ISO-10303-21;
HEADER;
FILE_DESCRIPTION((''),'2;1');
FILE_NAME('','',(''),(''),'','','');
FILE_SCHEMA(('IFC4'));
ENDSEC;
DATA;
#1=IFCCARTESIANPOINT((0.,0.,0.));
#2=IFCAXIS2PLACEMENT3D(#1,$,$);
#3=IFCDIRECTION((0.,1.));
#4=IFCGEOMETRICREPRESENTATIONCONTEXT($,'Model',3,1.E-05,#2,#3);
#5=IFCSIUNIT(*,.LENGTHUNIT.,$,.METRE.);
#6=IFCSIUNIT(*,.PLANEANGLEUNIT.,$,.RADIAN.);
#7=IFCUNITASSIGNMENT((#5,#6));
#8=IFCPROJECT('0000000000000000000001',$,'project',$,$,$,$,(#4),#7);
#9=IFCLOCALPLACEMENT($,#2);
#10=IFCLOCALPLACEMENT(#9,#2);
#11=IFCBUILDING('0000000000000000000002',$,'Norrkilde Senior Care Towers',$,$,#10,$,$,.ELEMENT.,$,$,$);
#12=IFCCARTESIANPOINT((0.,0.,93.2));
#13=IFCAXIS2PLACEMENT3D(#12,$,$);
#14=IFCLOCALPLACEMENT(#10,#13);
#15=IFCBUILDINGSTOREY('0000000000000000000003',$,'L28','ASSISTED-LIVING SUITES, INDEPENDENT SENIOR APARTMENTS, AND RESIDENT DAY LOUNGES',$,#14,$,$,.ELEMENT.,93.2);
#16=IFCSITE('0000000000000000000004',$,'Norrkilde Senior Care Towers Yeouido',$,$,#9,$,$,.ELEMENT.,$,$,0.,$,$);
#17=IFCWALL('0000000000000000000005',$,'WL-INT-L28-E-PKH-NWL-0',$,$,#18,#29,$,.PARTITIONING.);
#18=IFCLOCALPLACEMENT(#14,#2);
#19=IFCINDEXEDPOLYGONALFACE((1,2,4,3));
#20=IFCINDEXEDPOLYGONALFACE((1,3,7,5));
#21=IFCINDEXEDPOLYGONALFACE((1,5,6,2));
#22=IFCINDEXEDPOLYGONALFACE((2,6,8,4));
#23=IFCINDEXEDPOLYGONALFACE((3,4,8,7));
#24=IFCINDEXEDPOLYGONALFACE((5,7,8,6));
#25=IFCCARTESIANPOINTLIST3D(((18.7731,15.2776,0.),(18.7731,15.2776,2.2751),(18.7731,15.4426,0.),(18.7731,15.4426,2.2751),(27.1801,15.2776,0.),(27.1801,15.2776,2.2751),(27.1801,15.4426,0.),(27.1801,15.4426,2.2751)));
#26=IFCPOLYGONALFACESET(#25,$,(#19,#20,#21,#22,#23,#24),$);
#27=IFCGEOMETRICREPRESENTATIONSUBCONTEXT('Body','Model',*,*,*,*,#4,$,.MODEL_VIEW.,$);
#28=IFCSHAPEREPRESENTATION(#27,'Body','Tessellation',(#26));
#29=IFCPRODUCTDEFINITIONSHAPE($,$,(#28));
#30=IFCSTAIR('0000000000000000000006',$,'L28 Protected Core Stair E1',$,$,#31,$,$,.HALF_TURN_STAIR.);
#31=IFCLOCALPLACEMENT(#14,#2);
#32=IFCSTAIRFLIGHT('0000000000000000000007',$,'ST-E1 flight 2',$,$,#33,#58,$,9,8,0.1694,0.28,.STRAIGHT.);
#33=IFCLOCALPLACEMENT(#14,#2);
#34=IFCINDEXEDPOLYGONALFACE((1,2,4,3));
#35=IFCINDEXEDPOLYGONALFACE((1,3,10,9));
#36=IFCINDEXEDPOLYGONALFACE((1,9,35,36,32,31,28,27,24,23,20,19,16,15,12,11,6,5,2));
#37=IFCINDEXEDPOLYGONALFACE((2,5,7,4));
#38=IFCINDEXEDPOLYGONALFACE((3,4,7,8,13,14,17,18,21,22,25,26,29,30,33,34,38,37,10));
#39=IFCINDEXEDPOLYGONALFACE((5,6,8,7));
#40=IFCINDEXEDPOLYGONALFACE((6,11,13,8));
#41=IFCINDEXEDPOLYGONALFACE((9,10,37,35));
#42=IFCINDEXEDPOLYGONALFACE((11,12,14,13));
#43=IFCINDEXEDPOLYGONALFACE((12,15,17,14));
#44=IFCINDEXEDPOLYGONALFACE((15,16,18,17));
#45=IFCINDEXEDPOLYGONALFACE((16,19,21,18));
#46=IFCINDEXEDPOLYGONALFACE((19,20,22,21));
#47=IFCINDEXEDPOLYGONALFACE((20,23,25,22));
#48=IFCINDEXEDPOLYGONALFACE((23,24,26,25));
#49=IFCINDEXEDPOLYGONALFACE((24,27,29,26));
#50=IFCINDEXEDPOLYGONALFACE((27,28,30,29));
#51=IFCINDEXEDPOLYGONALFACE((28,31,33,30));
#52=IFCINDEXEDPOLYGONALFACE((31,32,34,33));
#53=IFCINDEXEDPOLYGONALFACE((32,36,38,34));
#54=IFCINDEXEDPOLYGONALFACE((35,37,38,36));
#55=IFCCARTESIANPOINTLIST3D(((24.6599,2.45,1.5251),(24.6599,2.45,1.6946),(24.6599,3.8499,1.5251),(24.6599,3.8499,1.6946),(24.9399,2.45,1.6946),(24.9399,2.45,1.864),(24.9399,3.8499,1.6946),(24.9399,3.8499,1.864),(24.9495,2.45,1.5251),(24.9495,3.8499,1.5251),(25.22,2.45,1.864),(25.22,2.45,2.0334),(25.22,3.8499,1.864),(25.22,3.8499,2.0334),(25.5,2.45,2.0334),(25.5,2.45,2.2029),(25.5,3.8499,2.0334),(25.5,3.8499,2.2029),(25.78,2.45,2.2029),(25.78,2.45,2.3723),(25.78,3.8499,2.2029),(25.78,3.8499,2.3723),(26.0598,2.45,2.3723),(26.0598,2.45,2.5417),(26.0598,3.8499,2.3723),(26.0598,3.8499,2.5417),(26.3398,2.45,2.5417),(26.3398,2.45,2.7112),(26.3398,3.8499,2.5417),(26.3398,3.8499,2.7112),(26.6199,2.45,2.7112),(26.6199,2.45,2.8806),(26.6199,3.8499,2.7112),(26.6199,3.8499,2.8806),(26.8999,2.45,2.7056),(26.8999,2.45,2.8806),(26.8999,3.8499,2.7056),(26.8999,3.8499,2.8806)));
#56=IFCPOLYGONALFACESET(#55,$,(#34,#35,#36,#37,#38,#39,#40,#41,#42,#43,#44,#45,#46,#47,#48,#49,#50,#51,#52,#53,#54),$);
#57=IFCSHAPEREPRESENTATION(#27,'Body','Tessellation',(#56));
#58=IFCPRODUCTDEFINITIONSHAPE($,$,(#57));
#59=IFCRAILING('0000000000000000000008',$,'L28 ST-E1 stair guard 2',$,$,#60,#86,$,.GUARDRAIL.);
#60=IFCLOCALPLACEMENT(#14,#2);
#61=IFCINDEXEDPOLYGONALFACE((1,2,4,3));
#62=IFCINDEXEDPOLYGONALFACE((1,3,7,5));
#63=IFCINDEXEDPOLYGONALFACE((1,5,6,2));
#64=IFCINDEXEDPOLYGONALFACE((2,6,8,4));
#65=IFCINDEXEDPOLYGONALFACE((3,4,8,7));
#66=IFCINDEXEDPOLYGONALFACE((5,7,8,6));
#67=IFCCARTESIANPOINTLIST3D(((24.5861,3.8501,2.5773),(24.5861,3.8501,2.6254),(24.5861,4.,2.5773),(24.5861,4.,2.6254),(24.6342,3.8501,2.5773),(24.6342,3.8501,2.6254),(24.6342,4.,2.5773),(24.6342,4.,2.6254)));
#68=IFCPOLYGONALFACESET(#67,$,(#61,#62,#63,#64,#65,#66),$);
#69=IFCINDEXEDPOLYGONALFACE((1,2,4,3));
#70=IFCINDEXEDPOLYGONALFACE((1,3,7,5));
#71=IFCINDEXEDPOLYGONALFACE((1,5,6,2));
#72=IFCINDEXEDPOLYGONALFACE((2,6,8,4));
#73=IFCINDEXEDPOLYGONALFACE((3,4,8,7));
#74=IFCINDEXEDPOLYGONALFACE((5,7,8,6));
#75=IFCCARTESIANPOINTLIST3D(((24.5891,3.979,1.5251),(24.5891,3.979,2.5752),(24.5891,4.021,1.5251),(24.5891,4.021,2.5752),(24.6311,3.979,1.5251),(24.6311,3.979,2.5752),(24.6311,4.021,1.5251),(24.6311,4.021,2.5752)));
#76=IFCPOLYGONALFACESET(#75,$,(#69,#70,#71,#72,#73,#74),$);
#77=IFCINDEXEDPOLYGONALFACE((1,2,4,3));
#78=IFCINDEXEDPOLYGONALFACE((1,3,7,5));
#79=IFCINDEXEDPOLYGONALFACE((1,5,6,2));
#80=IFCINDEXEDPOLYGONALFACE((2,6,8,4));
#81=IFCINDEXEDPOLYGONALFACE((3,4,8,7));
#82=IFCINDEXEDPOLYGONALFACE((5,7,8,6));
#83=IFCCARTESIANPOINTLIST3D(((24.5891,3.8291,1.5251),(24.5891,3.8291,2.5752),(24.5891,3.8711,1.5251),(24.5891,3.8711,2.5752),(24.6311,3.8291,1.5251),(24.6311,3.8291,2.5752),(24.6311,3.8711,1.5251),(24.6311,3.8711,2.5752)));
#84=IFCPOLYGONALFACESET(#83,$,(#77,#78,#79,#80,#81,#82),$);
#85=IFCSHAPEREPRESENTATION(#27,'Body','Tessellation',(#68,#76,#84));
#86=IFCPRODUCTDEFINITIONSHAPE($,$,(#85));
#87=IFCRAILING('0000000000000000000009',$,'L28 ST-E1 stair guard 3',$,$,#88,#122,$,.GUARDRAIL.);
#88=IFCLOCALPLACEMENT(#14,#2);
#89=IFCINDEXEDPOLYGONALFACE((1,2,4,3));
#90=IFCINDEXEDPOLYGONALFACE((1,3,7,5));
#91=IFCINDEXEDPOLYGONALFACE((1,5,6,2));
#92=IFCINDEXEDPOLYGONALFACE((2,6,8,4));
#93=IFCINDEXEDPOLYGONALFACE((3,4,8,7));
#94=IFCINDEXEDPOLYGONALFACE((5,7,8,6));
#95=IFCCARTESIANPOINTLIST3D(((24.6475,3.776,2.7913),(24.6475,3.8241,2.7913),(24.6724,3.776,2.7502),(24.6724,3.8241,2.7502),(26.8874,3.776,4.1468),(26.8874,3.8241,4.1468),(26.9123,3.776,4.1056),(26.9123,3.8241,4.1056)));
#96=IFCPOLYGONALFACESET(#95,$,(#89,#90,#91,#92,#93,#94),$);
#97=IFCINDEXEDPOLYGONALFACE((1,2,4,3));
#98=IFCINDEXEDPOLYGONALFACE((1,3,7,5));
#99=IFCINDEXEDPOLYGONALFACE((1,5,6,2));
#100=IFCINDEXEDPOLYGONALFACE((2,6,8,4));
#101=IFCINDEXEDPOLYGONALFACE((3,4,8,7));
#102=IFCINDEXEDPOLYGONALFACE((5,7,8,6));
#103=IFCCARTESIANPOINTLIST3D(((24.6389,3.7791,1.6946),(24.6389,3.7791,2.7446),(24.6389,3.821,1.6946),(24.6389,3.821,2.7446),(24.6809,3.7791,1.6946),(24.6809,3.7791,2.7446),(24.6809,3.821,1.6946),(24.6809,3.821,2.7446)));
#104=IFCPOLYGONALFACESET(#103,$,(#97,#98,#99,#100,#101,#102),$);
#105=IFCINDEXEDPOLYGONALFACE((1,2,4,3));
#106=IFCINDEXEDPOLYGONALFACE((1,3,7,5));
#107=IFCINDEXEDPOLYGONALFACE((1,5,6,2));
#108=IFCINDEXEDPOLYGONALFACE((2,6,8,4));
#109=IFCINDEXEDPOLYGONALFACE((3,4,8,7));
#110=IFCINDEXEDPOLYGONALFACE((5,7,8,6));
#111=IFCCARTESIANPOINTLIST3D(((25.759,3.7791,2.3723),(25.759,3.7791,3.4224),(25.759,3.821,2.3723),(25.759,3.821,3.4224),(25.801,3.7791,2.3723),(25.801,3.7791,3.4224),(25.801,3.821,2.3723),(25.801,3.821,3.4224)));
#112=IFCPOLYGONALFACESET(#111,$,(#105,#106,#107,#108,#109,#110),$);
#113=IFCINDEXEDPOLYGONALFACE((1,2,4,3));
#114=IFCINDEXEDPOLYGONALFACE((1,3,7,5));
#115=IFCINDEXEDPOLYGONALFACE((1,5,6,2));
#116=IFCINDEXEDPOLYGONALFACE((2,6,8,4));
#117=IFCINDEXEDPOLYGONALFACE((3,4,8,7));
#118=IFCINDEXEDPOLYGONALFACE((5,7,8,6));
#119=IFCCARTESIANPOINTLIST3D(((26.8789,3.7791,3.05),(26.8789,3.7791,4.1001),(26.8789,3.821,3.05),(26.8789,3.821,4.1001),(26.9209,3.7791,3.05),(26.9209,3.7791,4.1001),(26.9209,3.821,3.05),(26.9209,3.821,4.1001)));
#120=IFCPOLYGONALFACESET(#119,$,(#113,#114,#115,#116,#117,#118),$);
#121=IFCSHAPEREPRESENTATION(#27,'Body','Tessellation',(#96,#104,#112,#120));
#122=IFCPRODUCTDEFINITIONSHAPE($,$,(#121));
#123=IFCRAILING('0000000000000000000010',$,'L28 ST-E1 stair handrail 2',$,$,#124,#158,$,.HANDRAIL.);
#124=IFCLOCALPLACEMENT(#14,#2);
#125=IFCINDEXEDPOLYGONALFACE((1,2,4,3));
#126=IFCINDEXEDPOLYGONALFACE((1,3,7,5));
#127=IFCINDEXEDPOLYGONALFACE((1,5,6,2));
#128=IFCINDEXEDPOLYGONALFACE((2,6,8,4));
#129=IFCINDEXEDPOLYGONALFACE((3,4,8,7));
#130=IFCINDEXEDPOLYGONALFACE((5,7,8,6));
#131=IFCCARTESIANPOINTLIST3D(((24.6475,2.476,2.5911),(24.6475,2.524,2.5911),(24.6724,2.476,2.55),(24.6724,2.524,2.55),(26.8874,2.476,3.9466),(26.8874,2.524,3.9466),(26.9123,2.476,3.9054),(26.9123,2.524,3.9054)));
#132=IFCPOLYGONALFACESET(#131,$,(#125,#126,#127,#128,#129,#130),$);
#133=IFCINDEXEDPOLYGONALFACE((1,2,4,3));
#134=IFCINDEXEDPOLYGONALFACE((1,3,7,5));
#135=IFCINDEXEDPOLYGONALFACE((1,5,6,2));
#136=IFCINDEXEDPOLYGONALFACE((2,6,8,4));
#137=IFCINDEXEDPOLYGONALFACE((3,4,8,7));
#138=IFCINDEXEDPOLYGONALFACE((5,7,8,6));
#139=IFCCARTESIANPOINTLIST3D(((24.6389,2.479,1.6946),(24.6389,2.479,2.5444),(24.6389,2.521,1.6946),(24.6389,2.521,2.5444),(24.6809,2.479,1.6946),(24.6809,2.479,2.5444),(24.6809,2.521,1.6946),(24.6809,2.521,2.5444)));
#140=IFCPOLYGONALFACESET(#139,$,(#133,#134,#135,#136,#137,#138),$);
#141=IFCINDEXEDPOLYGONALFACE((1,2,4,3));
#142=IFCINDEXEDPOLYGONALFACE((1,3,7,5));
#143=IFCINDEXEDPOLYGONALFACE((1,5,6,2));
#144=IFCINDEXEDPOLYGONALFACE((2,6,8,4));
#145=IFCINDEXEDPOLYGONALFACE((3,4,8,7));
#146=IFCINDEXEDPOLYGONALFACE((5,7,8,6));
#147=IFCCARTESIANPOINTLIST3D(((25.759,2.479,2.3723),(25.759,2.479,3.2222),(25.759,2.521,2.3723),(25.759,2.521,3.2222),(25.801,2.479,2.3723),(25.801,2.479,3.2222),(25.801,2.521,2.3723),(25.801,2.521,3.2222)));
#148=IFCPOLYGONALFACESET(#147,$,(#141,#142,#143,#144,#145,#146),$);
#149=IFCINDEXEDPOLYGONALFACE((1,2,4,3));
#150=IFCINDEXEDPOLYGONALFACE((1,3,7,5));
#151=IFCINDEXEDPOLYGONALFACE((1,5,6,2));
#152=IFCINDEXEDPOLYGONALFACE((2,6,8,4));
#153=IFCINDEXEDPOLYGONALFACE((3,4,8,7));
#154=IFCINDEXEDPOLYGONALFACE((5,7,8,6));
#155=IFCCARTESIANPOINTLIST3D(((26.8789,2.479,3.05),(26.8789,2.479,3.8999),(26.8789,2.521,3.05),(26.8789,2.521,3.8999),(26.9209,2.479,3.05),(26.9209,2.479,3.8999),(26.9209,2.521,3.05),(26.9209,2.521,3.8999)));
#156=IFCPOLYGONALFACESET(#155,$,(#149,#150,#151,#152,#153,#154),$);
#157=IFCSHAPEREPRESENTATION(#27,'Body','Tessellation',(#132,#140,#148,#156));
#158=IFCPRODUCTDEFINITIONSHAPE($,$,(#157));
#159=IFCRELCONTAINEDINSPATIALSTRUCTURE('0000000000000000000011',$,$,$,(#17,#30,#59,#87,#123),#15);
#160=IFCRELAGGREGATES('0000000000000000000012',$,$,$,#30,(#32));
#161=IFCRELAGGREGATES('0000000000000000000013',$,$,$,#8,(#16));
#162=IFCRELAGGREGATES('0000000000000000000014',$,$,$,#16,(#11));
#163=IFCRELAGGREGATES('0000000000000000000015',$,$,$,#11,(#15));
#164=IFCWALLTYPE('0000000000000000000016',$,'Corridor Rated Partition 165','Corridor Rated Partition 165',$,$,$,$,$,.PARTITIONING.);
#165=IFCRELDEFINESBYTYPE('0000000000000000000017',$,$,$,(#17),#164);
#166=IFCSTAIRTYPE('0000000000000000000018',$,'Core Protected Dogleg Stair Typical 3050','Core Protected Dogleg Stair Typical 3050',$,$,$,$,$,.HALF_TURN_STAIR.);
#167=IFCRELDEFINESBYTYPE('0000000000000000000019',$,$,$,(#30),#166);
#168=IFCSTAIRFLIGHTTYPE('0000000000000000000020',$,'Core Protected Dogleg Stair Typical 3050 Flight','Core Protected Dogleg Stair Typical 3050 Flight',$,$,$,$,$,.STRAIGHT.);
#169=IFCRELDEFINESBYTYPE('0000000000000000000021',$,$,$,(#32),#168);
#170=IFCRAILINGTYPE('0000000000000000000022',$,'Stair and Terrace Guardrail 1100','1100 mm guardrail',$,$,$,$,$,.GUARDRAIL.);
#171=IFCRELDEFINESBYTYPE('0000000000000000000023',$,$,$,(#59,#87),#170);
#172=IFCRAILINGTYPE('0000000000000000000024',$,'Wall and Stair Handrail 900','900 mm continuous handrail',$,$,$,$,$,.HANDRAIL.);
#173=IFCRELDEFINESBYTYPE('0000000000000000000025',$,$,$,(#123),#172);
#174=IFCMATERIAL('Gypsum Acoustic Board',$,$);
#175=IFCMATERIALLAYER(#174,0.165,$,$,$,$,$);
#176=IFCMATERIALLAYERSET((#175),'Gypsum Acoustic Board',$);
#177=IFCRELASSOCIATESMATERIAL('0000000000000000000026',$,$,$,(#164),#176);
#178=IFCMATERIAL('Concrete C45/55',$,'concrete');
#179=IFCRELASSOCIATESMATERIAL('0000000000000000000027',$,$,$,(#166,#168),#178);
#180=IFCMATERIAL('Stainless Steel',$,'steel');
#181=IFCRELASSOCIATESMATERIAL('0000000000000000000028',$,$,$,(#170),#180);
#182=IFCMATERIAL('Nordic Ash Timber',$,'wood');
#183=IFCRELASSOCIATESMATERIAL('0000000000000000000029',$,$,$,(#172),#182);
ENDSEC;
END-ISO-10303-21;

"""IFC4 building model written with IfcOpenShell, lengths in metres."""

from ifc_helpers import new_model, si_unit, direction, frame, frame_2d, origin, origin_2d, place, context, subcontext, project, spatial, polyline, rectangle, outline, extrude, source, transform, mapped, material, layer, layer_set, type_object, element, aggregate, save


model = new_model("IFC4")

# Units and contexts
model_context = context("Model", 3, precision=1e-05, world=origin(), true_north=direction((0.0, 1.0)))
body_context = subcontext(model_context, "Body", "Model", "MODEL_VIEW")
ifc_project = project(units=[si_unit("LENGTHUNIT", "METRE"), si_unit("PLANEANGLEUNIT", "RADIAN")], contexts=[model_context])

# Site, building, storey
site_placement = place(None, origin())
site = spatial("IfcSite", under=ifc_project, at=site_placement, Name="Norrkilde Senior Care Towers Yeouido", CompositionType="ELEMENT", RefElevation=0.0)
building_placement = place(site_placement, origin())
building = spatial("IfcBuilding", under=site, at=building_placement, Name="Norrkilde Senior Care Towers", CompositionType="ELEMENT")
storey_placement = place(building_placement, frame((0.0, 0.0, 93.2)))
storey = spatial("IfcBuildingStorey", under=building, at=storey_placement, Name="L28", Description="ASSISTED-LIVING SUITES, INDEPENDENT SENIOR APARTMENTS, AND RESIDENT DAY LOUNGES", CompositionType="ELEMENT", Elevation=93.2)

# Shared definitions
ifc_material_1 = material(Name="Concrete C45/55", Category="concrete")

# Shared definitions
ifc_material_2 = material(Name="Gypsum Acoustic Board")
ifc_layer_1 = layer(ifc_material_2, 0.165)
ifc_layer_set_1 = layer_set([ifc_layer_1], Name="Gypsum Acoustic Board")
wall_type_1 = type_object("IfcWallType", Name="Corridor Rated Partition 165", Description="Corridor Rated Partition 165", PredefinedType="PARTITIONING", material=ifc_layer_set_1)
ifc_material_3 = material(Name="Nordic Ash Timber", Category="wood")

# Wall
shared_shape_1 = source(origin(), body_context, "Body", "SweptSolid", [
    extrude(rectangle(XDim=8.407, YDim=0.165, at=frame_2d((4.2036, 0.0))), origin(), (0.0, 0.0, 1.0), 2.2751),
])
wall_1_placement = place(storey_placement, frame((18.7729, 15.3601, 0.0), z_axis=(0.0, 0.0, 1.0), x_axis=(1.0, 0.0, 0.0)))
element("IfcWall", 1, at=wall_1_placement, inside=storey, type_object=wall_type_1, Name="WL-INT-L28-E-PKH-NWL-0", PredefinedType="PARTITIONING", context=body_context, shape_type="MappedRepresentation", body=[
    mapped(shared_shape_1, transform((0.0, 0.0, 0.0), x_axis=(1.0, 0.0, 0.0), y_axis=(0.0, 1.0, 0.0), z_axis=(0.0, 0.0, 1.0), scale=1.0)),
])

# Stair, stair flight
stair_type = type_object("IfcStairType", Name="Core Protected Dogleg Stair Typical 3050", Description="Core Protected Dogleg Stair Typical 3050", PredefinedType="HALF_TURN_STAIR", material=ifc_material_1)
stair_placement = place(storey_placement, origin())
stair = element("IfcStair", 2, at=stair_placement, inside=storey, type_object=stair_type, Name="L28 Protected Core Stair E1", PredefinedType="HALF_TURN_STAIR")
stair_flight_type = type_object("IfcStairFlightType", Name="Core Protected Dogleg Stair Typical 3050 Flight", Description="Core Protected Dogleg Stair Typical 3050 Flight", PredefinedType="STRAIGHT", material=ifc_material_1)
stair_flight_placement = place(storey_placement, frame((24.6599, 3.1499, 1.5251), z_axis=(0.0, 0.0, 1.0), x_axis=(1.0, 0.0, 0.0)))
stair_flight = element("IfcStairFlight", 3, at=stair_flight_placement, type_object=stair_flight_type, Name="ST-E1 flight 2", NumberOfRisers=9, NumberOfTreads=8, PredefinedType="STRAIGHT", RiserHeight=0.1694, TreadLength=0.28, context=body_context, shape_type="SweptSolid", body=[
    extrude(outline(polyline([(0.0, 0.0), (0.0, 0.1694), (0.28, 0.1694), (0.28, 0.3389), (0.5601, 0.3389), (0.5601, 0.5083), (0.8401, 0.5083), (0.8401, 0.6777), (1.1201, 0.6777), (1.1201, 0.8472), (1.3999, 0.8472), (1.3999, 1.0166), (1.6799, 1.0166), (1.6799, 1.186), (1.96, 1.186), (1.96, 1.3555), (2.24, 1.3555), (2.24, 1.5249), (2.24, 1.1804), (0.2896, 0.0), (0.0, 0.0)])), frame((0.0, 0.7, 0.0), z_axis=(0.0, -1.0, 0.0), x_axis=(1.0, 0.0, 0.0)), (0.0, 0.0, 1.0), 1.3999),
])
aggregate(stair, [stair_flight])

# Railings
ifc_material_4 = material(Name="Stainless Steel", Category="steel")
railing_type_1 = type_object("IfcRailingType", Name="Stair and Terrace Guardrail 1100", Description="1100 mm guardrail", PredefinedType="GUARDRAIL", material=ifc_material_4)
railing_1_placement = place(storey_placement, frame((24.6101, 4.0, 1.5251)))
element("IfcRailing", 4, at=railing_1_placement, inside=storey, type_object=railing_type_1, Name="L28 ST-E1 stair guard 2", PredefinedType="GUARDRAIL", context=body_context, shape_type="SweptSolid", body=[
    extrude(rectangle(XDim=0.0481, YDim=0.0481, at=origin_2d()), frame((0.0, 0.0, 1.0762), z_axis=(0.0, -1.0, 0.0), x_axis=(1.0, 0.0, 0.0)), (0.0, 0.0, 1.0), 0.1499),
    extrude(rectangle(XDim=0.042, YDim=0.042, at=origin_2d()), origin(), (0.0, 0.0, 1.0), 1.05),
    extrude(rectangle(XDim=0.042, YDim=0.042, at=origin_2d()), frame((0.0, -0.1499, 0.0)), (0.0, 0.0, 1.0), 1.05),
])
railing_2_placement = place(storey_placement, frame((24.6599, 3.8, 1.6946)))
element("IfcRailing", 5, at=railing_2_placement, inside=storey, type_object=railing_type_1, Name="L28 ST-E1 stair guard 3", PredefinedType="GUARDRAIL", context=body_context, shape_type="SweptSolid", body=[
    extrude(rectangle(XDim=0.0481, YDim=0.0481, at=origin_2d()), frame((0.0, 0.0, 1.0762), z_axis=(0.855553, 0.0, 0.517715), x_axis=(0.0, 1.0, 0.0)), (0.0, 0.0, 1.0), 2.6182),
    extrude(rectangle(XDim=0.042, YDim=0.042, at=origin_2d()), origin(), (0.0, 0.0, 1.0), 1.05),
    extrude(rectangle(XDim=0.042, YDim=0.042, at=origin_2d()), frame((1.1201, 0.0, 0.6777)), (0.0, 0.0, 1.0), 1.05),
    extrude(rectangle(XDim=0.042, YDim=0.042, at=origin_2d()), frame((2.24, 0.0, 1.3555)), (0.0, 0.0, 1.0), 1.05),
])
railing_type_2 = type_object("IfcRailingType", Name="Wall and Stair Handrail 900", Description="900 mm continuous handrail", PredefinedType="HANDRAIL", material=ifc_material_3)
railing_3_placement = place(storey_placement, frame((24.6599, 2.5, 1.6946)))
element("IfcRailing", 6, at=railing_3_placement, inside=storey, type_object=railing_type_2, Name="L28 ST-E1 stair handrail 2", PredefinedType="HANDRAIL", context=body_context, shape_type="SweptSolid", body=[
    extrude(rectangle(XDim=0.0481, YDim=0.0481, at=origin_2d()), frame((0.0, 0.0, 0.876), z_axis=(0.855553, 0.0, 0.517715), x_axis=(0.0, 1.0, 0.0)), (0.0, 0.0, 1.0), 2.6182),
    extrude(rectangle(XDim=0.042, YDim=0.042, at=origin_2d()), origin(), (0.0, 0.0, 1.0), 0.8499),
    extrude(rectangle(XDim=0.042, YDim=0.042, at=origin_2d()), frame((1.1201, 0.0, 0.6777)), (0.0, 0.0, 1.0), 0.8499),
    extrude(rectangle(XDim=0.042, YDim=0.042, at=origin_2d()), frame((2.24, 0.0, 1.3555)), (0.0, 0.0, 1.0), 0.8499),
])

save(model, "model.ifc")
